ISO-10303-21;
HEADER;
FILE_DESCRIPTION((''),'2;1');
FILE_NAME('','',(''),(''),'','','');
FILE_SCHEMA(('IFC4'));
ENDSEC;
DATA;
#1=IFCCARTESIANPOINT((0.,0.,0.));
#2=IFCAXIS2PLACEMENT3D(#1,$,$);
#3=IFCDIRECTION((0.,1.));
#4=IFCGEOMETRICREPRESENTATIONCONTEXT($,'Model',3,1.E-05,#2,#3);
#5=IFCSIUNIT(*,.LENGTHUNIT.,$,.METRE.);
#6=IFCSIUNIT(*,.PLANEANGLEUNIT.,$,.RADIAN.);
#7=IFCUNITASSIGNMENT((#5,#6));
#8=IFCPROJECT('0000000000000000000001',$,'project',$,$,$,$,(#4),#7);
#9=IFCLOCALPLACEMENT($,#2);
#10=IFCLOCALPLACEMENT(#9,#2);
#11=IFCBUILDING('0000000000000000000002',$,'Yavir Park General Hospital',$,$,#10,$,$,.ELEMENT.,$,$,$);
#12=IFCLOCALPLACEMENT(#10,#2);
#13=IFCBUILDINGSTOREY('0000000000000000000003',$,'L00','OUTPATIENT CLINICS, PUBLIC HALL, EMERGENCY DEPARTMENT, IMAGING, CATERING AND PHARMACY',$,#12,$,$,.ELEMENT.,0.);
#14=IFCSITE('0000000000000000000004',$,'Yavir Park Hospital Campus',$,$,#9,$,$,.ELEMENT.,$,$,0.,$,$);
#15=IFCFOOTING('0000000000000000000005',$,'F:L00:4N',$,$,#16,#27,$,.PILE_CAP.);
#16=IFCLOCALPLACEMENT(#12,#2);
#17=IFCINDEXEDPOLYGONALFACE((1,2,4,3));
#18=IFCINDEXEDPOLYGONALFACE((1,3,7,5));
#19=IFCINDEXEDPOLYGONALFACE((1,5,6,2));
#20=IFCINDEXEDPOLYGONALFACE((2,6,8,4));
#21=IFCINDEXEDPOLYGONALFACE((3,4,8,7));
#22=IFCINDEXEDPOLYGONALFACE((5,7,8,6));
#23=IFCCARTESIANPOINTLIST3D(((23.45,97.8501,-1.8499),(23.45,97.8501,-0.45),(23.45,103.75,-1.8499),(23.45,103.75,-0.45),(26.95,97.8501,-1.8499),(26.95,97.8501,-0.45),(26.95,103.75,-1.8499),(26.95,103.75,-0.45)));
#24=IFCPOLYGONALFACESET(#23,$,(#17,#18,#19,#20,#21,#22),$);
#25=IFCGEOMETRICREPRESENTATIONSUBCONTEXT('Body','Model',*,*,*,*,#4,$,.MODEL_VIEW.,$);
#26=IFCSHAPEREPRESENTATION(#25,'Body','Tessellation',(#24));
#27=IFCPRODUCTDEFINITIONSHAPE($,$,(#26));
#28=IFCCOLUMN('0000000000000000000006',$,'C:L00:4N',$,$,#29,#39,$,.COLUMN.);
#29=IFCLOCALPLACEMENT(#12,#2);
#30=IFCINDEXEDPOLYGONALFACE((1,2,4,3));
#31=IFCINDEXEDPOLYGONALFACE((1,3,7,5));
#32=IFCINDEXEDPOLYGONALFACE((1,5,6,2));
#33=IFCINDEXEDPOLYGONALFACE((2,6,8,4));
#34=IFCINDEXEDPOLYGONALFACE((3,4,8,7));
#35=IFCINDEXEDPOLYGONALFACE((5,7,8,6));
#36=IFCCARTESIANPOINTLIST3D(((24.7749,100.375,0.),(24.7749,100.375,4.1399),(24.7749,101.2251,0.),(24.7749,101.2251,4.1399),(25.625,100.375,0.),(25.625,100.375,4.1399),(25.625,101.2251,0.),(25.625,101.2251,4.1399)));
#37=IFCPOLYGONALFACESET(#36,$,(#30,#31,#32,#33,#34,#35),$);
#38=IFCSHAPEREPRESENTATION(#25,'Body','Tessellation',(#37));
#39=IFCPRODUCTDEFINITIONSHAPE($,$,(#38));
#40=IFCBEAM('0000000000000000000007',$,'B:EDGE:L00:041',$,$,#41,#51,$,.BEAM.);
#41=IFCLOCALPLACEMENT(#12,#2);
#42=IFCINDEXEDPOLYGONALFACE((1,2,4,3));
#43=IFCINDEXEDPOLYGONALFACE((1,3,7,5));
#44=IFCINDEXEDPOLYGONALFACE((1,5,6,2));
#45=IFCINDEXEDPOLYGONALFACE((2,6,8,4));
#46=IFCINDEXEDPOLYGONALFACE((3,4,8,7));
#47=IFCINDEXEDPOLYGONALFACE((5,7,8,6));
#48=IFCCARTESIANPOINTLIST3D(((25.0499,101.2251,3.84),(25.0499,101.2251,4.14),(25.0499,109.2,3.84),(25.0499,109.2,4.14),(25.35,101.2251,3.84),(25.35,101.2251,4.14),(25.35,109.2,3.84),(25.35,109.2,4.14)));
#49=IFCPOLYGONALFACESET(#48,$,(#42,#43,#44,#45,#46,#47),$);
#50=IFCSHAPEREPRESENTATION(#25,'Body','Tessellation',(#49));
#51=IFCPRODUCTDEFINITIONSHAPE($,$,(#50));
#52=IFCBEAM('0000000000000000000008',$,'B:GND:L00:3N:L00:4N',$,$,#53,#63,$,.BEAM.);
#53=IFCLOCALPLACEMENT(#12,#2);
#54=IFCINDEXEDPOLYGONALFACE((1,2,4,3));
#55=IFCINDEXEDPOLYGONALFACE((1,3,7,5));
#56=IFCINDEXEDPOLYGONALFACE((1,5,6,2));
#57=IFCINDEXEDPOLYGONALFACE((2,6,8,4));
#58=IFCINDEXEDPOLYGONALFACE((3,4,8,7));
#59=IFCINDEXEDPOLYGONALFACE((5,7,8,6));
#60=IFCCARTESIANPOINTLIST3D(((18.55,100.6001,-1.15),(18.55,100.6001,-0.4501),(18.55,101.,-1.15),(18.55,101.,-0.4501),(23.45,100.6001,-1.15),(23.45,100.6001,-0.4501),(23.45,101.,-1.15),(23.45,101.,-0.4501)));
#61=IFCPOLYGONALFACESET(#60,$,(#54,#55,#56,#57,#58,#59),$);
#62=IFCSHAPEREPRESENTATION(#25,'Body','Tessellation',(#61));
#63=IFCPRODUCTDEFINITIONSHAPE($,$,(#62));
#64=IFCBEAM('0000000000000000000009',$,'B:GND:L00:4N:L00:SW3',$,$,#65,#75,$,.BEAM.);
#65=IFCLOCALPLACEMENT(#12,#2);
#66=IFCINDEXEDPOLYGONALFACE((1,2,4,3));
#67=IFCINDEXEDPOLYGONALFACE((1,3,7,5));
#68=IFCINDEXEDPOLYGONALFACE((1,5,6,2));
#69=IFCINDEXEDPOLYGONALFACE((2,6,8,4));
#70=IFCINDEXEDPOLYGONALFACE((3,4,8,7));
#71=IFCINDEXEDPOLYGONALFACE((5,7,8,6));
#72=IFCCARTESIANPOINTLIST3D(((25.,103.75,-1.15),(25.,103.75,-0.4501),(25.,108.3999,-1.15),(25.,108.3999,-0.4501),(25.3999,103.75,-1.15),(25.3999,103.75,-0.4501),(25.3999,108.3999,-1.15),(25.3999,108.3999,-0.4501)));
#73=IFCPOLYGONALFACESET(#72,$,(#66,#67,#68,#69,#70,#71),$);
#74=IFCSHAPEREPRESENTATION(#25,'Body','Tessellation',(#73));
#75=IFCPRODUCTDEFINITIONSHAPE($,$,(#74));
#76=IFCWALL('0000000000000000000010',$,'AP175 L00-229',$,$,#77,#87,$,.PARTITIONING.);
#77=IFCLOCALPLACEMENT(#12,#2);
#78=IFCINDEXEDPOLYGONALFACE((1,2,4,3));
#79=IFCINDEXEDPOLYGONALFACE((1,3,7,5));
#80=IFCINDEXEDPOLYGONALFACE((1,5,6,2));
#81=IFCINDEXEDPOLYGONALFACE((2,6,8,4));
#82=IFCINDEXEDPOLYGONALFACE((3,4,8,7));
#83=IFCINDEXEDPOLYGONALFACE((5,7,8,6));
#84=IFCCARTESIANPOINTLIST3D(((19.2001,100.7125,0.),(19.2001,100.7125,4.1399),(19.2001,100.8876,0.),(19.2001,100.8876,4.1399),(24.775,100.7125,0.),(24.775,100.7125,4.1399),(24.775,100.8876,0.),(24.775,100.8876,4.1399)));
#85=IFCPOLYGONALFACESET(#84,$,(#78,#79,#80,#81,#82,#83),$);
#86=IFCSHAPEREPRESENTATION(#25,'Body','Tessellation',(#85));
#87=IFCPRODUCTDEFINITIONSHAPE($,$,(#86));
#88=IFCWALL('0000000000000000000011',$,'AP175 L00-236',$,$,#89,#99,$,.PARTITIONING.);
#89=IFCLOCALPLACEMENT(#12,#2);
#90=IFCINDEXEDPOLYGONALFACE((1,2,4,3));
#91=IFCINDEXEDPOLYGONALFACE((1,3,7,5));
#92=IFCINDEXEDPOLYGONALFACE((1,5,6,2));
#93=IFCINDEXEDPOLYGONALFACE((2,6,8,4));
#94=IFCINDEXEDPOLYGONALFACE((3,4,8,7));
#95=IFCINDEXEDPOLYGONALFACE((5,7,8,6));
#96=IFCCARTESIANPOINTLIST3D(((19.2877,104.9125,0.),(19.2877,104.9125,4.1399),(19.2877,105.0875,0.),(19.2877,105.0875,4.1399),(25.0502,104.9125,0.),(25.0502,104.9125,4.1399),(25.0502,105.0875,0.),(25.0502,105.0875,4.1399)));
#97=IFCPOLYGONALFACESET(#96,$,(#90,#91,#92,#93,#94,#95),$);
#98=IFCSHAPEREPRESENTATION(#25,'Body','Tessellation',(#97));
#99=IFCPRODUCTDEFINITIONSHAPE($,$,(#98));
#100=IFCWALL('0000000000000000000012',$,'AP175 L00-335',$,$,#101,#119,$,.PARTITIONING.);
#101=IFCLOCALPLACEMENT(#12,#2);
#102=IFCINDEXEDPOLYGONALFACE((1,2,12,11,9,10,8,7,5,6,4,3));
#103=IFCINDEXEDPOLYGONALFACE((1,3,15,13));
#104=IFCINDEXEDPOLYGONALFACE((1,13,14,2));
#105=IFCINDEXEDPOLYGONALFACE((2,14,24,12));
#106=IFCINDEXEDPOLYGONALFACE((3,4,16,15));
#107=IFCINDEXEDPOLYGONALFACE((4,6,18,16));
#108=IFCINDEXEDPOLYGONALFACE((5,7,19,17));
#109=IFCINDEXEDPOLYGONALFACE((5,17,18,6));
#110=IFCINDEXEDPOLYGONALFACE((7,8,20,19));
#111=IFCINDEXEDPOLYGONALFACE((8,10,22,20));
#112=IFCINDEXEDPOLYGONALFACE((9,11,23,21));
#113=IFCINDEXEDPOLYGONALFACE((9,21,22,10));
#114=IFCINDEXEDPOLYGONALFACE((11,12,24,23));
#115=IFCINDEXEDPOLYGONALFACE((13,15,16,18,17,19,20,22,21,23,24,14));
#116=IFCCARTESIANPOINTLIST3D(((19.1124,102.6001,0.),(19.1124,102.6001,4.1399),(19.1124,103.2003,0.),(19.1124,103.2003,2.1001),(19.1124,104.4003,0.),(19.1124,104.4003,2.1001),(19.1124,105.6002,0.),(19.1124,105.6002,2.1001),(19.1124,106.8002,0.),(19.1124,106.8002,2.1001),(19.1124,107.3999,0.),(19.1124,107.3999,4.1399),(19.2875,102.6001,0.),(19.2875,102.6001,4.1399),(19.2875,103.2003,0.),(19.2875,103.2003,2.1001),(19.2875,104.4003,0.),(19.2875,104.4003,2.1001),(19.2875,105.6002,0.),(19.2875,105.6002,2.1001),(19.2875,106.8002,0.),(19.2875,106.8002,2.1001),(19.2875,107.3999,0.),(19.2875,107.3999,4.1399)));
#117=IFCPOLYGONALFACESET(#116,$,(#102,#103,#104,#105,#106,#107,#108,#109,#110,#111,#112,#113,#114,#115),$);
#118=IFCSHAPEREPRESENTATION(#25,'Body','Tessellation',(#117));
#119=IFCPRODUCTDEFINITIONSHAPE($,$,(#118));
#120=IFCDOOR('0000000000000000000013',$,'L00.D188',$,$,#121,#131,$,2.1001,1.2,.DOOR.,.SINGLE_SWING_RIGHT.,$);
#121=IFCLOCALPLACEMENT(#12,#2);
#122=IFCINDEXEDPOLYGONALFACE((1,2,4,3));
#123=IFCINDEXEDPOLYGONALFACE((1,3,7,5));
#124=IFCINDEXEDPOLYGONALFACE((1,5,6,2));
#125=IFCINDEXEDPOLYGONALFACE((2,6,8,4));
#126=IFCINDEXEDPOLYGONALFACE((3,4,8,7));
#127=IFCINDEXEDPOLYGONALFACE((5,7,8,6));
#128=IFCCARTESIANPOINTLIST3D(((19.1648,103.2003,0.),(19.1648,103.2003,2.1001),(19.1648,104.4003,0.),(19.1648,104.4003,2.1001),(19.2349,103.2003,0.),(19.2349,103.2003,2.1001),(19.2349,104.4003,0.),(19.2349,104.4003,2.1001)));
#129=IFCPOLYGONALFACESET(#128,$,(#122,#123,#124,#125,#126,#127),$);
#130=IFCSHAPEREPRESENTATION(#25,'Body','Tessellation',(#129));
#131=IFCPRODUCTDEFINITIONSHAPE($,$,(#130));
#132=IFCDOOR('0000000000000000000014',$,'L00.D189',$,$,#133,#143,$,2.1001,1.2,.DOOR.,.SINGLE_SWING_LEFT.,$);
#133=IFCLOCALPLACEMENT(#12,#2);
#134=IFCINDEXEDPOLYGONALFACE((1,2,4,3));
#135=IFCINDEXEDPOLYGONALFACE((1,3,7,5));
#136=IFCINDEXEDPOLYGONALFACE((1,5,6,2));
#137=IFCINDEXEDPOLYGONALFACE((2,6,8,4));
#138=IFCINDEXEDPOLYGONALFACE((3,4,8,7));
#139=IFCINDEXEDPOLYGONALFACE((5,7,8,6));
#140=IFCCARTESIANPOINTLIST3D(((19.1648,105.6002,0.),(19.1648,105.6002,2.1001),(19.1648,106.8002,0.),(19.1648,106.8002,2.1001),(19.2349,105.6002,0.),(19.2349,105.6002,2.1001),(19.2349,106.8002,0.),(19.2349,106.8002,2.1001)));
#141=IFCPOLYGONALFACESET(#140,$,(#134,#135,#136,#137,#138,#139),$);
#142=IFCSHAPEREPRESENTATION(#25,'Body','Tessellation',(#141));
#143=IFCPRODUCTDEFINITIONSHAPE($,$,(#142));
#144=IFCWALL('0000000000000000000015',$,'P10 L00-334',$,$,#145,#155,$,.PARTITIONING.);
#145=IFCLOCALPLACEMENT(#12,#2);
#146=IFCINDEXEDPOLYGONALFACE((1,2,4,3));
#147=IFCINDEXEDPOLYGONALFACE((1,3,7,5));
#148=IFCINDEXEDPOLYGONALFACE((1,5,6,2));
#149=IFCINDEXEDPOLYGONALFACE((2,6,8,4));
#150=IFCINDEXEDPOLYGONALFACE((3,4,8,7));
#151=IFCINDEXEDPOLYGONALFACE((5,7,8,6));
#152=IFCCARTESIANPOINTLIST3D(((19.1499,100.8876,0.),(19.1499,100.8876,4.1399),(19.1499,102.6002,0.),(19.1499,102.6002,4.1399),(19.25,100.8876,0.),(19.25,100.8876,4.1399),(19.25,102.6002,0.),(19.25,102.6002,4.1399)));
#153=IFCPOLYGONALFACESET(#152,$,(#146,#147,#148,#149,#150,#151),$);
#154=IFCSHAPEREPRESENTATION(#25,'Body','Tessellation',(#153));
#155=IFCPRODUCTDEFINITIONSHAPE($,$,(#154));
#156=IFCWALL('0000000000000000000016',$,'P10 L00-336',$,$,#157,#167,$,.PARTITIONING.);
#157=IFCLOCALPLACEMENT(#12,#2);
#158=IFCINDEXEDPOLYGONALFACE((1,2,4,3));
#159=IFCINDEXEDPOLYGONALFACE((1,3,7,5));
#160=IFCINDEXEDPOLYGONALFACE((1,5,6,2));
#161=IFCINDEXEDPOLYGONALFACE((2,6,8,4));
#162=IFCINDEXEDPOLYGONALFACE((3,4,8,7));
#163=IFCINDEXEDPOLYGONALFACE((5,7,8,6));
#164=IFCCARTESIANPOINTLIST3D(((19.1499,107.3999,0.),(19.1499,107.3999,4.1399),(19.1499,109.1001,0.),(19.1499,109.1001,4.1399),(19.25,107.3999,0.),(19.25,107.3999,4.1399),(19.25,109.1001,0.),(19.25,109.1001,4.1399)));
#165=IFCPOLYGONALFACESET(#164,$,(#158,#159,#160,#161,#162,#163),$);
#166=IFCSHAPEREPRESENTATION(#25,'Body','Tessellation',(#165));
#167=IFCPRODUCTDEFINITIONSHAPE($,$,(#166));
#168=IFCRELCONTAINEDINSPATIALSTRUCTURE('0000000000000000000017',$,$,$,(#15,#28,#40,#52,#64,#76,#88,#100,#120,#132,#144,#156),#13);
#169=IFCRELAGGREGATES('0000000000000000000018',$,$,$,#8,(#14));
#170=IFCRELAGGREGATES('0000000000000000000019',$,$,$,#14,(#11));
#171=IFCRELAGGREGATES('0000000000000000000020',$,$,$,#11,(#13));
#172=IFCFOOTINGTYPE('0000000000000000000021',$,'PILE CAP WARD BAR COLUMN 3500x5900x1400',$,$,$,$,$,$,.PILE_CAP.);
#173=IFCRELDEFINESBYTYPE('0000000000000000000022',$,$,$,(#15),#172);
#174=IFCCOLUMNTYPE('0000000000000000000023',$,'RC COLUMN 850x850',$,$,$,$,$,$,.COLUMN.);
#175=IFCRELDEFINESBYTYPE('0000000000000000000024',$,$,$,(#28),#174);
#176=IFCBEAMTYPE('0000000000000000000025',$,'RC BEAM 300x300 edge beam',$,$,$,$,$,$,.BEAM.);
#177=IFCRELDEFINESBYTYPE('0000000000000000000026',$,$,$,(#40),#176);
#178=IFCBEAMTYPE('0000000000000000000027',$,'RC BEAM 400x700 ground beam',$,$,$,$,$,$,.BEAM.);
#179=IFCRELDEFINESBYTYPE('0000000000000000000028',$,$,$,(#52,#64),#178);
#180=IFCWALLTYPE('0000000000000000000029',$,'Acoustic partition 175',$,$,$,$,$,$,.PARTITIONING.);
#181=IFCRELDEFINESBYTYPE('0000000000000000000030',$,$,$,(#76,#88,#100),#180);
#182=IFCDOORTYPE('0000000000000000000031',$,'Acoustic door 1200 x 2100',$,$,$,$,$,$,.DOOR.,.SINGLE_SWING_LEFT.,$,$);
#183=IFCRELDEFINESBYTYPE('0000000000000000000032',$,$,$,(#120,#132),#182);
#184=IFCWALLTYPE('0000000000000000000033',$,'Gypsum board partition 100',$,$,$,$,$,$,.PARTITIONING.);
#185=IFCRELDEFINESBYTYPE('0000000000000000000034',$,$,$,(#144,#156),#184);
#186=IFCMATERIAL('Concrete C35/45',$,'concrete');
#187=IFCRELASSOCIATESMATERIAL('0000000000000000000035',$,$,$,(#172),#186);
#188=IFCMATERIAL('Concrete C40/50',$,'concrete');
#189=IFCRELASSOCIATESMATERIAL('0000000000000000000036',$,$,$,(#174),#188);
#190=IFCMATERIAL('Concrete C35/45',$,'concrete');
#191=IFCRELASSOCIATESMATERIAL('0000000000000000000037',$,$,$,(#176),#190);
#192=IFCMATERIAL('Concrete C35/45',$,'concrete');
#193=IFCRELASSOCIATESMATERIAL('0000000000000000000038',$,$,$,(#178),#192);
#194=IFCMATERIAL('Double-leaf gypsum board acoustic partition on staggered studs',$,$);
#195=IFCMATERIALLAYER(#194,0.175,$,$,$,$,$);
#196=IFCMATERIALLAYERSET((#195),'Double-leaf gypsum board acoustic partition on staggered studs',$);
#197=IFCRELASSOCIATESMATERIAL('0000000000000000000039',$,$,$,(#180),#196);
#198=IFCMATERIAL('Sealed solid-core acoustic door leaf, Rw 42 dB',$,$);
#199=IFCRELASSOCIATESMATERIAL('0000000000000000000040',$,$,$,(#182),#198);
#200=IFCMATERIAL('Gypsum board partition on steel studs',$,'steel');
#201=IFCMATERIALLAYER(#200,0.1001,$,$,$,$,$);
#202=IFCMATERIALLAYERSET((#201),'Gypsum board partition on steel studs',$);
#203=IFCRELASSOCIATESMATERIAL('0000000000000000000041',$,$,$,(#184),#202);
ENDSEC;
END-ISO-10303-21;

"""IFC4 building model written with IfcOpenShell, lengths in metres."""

from ifc_helpers import new_model, si_unit, direction, frame, frame_2d, origin, origin_2d, place, context, subcontext, project, spatial, rectangle, extrude, material, layer, layer_set, material_profile, profile_set, type_object, element, fill, save


model = new_model("IFC4")

# Units and contexts
model_context = context("Model", 3, precision=1e-05, world=origin(), true_north=direction((0.0, 1.0)))
body_context = subcontext(model_context, "Body", "Model", "MODEL_VIEW")
ifc_project = project(units=[si_unit("LENGTHUNIT", "METRE"), si_unit("PLANEANGLEUNIT", "RADIAN")], contexts=[model_context])

# Site, building, storey
site_placement = place(None, origin())
site = spatial("IfcSite", under=ifc_project, at=site_placement, Name="Yavir Park Hospital Campus", CompositionType="ELEMENT", RefElevation=0.0)
building_placement = place(site_placement, origin())
building = spatial("IfcBuilding", under=site, at=building_placement, Name="Yavir Park General Hospital", CompositionType="ELEMENT")
storey_placement = place(building_placement, origin())
storey = spatial("IfcBuildingStorey", under=building, at=storey_placement, Name="L00", Description="OUTPATIENT CLINICS, PUBLIC HALL, EMERGENCY DEPARTMENT, IMAGING, CATERING AND PHARMACY", CompositionType="ELEMENT", Elevation=0.0)

# Footing
ifc_material_1 = material(Name="Concrete C35/45", Category="concrete")
footing_type = type_object("IfcFootingType", Name="PILE CAP WARD BAR COLUMN 3500x5900x1400", PredefinedType="PILE_CAP", material=ifc_material_1)
footing_placement = place(storey_placement, frame((25.2, 100.8, -1.8499), z_axis=(0.0, 0.0, 1.0), x_axis=(1.0, 0.0, 0.0)))
element("IfcFooting", 1, at=footing_placement, inside=storey, type_object=footing_type, Name="F:L00:4N", PredefinedType="PILE_CAP", context=body_context, shape_type="SweptSolid", body=[
    extrude(rectangle(XDim=3.5, YDim=5.8999, at=origin_2d()), origin(), (0.0, 0.0, 1.0), 1.3999),
])

# Column
ifc_material_2 = material(Name="Concrete C40/50", Category="concrete")
ifc_material_profile_1 = material_profile(ifc_material_2, rectangle(XDim=0.8501, YDim=0.8501, at=origin_2d()), Name="RC850x850")
ifc_profile_set_1 = profile_set([ifc_material_profile_1], Name="Concrete C40/50")
column_type = type_object("IfcColumnType", Name="RC COLUMN 850x850", PredefinedType="COLUMN", material=ifc_profile_set_1)
column_placement = place(storey_placement, frame((25.2, 100.8, 0.0), z_axis=(0.0, 0.0, 1.0), x_axis=(1.0, 0.0, 0.0)))
element("IfcColumn", 2, at=column_placement, inside=storey, type_object=column_type, Name="C:L00:4N", PredefinedType="COLUMN", context=body_context, shape_type="SweptSolid", body=[
    extrude(rectangle(XDim=0.8501, YDim=0.8501, at=origin_2d()), origin(), (0.0, 0.0, 1.0), 4.1399),
])

# Beams
ifc_material_3 = material(Name="Concrete C35/45", Category="concrete")
ifc_material_profile_2 = material_profile(ifc_material_3, rectangle(XDim=0.3, YDim=0.3, at=origin_2d()), Name="RC300x300")
ifc_profile_set_2 = profile_set([ifc_material_profile_2], Name="Concrete C35/45")
beam_type_1 = type_object("IfcBeamType", Name="RC BEAM 300x300 edge beam", PredefinedType="BEAM", material=ifc_profile_set_2)
beam_1_placement = place(storey_placement, frame((25.2, 101.2251, 3.99), z_axis=(0.0, 1.0, 0.0), x_axis=(-1.0, 0.0, 0.0)))
element("IfcBeam", 3, at=beam_1_placement, inside=storey, type_object=beam_type_1, Name="B:EDGE:L00:041", PredefinedType="BEAM", context=body_context, shape_type="SweptSolid", body=[
    extrude(rectangle(XDim=0.3, YDim=0.3, at=origin_2d()), origin(), (0.0, 0.0, 1.0), 7.9749),
])
ifc_material_4 = material(Name="Concrete C35/45", Category="concrete")
ifc_material_profile_3 = material_profile(ifc_material_4, rectangle(XDim=0.3999, YDim=0.7, at=origin_2d()), Name="RC400x700")
ifc_profile_set_3 = profile_set([ifc_material_profile_3], Name="Concrete C35/45")
beam_type_2 = type_object("IfcBeamType", Name="RC BEAM 400x700 ground beam", PredefinedType="BEAM", material=ifc_profile_set_3)
beam_2_placement = place(storey_placement, frame((18.55, 100.8, -0.8), z_axis=(1.0, 0.0, 0.0), x_axis=(0.0, 1.0, 0.0)))
element("IfcBeam", 4, at=beam_2_placement, inside=storey, type_object=beam_type_2, Name="B:GND:L00:3N:L00:4N", PredefinedType="BEAM", context=body_context, shape_type="SweptSolid", body=[
    extrude(rectangle(XDim=0.3999, YDim=0.7, at=origin_2d()), origin(), (0.0, 0.0, 1.0), 4.8999),
])
beam_3_placement = place(storey_placement, frame((25.2, 103.75, -0.8), z_axis=(0.0, 1.0, 0.0), x_axis=(-1.0, 0.0, 0.0)))
element("IfcBeam", 5, at=beam_3_placement, inside=storey, type_object=beam_type_2, Name="B:GND:L00:4N:L00:SW3", PredefinedType="BEAM", context=body_context, shape_type="SweptSolid", body=[
    extrude(rectangle(XDim=0.3999, YDim=0.7, at=origin_2d()), origin(), (0.0, 0.0, 1.0), 4.6499),
])

# Walls
ifc_material_5 = material(Name="Double-leaf gypsum board acoustic partition on staggered studs")
ifc_layer_1 = layer(ifc_material_5, 0.175)
ifc_layer_set_1 = layer_set([ifc_layer_1], Name="Double-leaf gypsum board acoustic partition on staggered studs")
wall_type_1 = type_object("IfcWallType", Name="Acoustic partition 175", PredefinedType="PARTITIONING", material=ifc_layer_set_1)
wall_1_placement = place(storey_placement, frame((19.2, 100.8, 0.0), z_axis=(0.0, 0.0, 1.0), x_axis=(1.0, 0.0, 0.0)))
element("IfcWall", 6, at=wall_1_placement, inside=storey, type_object=wall_type_1, Name="AP175 L00-229", PredefinedType="PARTITIONING", context=body_context, shape_type="SweptSolid", body=[
    extrude(rectangle(XDim=5.575, YDim=0.175, at=frame_2d((2.7876, 0.0))), origin(), (0.0, 0.0, 1.0), 4.1399),
])
wall_2_placement = place(storey_placement, frame((19.2876, 105.0, 0.0), z_axis=(0.0, 0.0, 1.0), x_axis=(1.0, 0.0, 0.0)))
element("IfcWall", 7, at=wall_2_placement, inside=storey, type_object=wall_type_1, Name="AP175 L00-236", PredefinedType="PARTITIONING", context=body_context, shape_type="SweptSolid", body=[
    extrude(rectangle(XDim=5.7625, YDim=0.175, at=frame_2d((2.8813, 0.0))), origin(), (0.0, 0.0, 1.0), 4.1399),
])

# Wall, openings, doors
wall_3_placement = place(storey_placement, frame((19.2, 102.6001, 0.0), z_axis=(0.0, 0.0, 1.0), x_axis=(0.0, 1.0, 0.0)))
wall_3 = element("IfcWall", 8, at=wall_3_placement, inside=storey, type_object=wall_type_1, Name="AP175 L00-335", PredefinedType="PARTITIONING", context=body_context, shape_type="SweptSolid", body=[
    extrude(rectangle(XDim=4.7998, YDim=0.175, at=frame_2d((2.3999, 0.0))), origin(), (0.0, 0.0, 1.0), 4.1399),
])
opening_1_placement = place(wall_3_placement, frame((0.6001, 0.0, 0.0)))
opening_1 = element("IfcOpeningElement", 9, at=opening_1_placement, cuts=wall_3, PredefinedType="OPENING", context=body_context, shape_type="SweptSolid", body=[
    extrude(rectangle(XDim=1.2, YDim=2.1001, at=frame_2d((0.6001, 1.05))), frame((0.0, 0.0974, 0.0), z_axis=(0.0, -1.0, 0.0), x_axis=(1.0, 0.0, 0.0)), (0.0, 0.0, 1.0), 0.1951),
])
opening_2_placement = place(wall_3_placement, frame((3.0, 0.0, 0.0)))
opening_2 = element("IfcOpeningElement", 10, at=opening_2_placement, cuts=wall_3, PredefinedType="OPENING", context=body_context, shape_type="SweptSolid", body=[
    extrude(rectangle(XDim=1.2, YDim=2.1001, at=frame_2d((0.6001, 1.05))), frame((0.0, 0.0974, 0.0), z_axis=(0.0, -1.0, 0.0), x_axis=(1.0, 0.0, 0.0)), (0.0, 0.0, 1.0), 0.1951),
])
ifc_material_6 = material(Name="Sealed solid-core acoustic door leaf, Rw 42 dB")
door_type = type_object("IfcDoorType", Name="Acoustic door 1200 x 2100", OperationType="SINGLE_SWING_LEFT", PredefinedType="DOOR", material=ifc_material_6)
door_1_placement = place(opening_1_placement, origin())
door_1 = element("IfcDoor", 11, at=door_1_placement, inside=storey, type_object=door_type, Name="L00.D188", OperationType="SINGLE_SWING_RIGHT", OverallHeight=2.1001, OverallWidth=1.2, PredefinedType="DOOR", context=body_context, shape_type="SweptSolid", body=[
    extrude(rectangle(XDim=1.2, YDim=2.1001, at=frame_2d((0.6001, 1.05))), frame((0.0, 0.0352, 0.0), z_axis=(0.0, -1.0, 0.0), x_axis=(1.0, 0.0, 0.0)), (0.0, 0.0, 1.0), 0.0701),
])
fill(opening_1, door_1)
door_2_placement = place(opening_2_placement, origin())
door_2 = element("IfcDoor", 12, at=door_2_placement, inside=storey, type_object=door_type, Name="L00.D189", OperationType="SINGLE_SWING_LEFT", OverallHeight=2.1001, OverallWidth=1.2, PredefinedType="DOOR", context=body_context, shape_type="SweptSolid", body=[
    extrude(rectangle(XDim=1.2, YDim=2.1001, at=frame_2d((0.6001, 1.05))), frame((0.0, 0.0352, 0.0), z_axis=(0.0, -1.0, 0.0), x_axis=(1.0, 0.0, 0.0)), (0.0, 0.0, 1.0), 0.0701),
])
fill(opening_2, door_2)

# Walls
ifc_material_7 = material(Name="Gypsum board partition on steel studs", Category="steel")
ifc_layer_2 = layer(ifc_material_7, 0.1001)
ifc_layer_set_2 = layer_set([ifc_layer_2], Name="Gypsum board partition on steel studs")
wall_type_2 = type_object("IfcWallType", Name="Gypsum board partition 100", PredefinedType="PARTITIONING", material=ifc_layer_set_2)
wall_4_placement = place(storey_placement, frame((19.2, 100.8875, 0.0), z_axis=(0.0, 0.0, 1.0), x_axis=(0.0, 1.0, 0.0)))
element("IfcWall", 13, at=wall_4_placement, inside=storey, type_object=wall_type_2, Name="P10 L00-334", PredefinedType="PARTITIONING", context=body_context, shape_type="SweptSolid", body=[
    extrude(rectangle(XDim=1.7126, YDim=0.1001, at=frame_2d((0.8564, 0.0))), origin(), (0.0, 0.0, 1.0), 4.1399),
])
wall_5_placement = place(storey_placement, frame((19.2, 107.3999, 0.0), z_axis=(0.0, 0.0, 1.0), x_axis=(0.0, 1.0, 0.0)))
element("IfcWall", 14, at=wall_5_placement, inside=storey, type_object=wall_type_2, Name="P10 L00-336", PredefinedType="PARTITIONING", context=body_context, shape_type="SweptSolid", body=[
    extrude(rectangle(XDim=1.7002, YDim=0.1001, at=frame_2d((0.8501, 0.0))), origin(), (0.0, 0.0, 1.0), 4.1399),
])

save(model, "model.ifc")
